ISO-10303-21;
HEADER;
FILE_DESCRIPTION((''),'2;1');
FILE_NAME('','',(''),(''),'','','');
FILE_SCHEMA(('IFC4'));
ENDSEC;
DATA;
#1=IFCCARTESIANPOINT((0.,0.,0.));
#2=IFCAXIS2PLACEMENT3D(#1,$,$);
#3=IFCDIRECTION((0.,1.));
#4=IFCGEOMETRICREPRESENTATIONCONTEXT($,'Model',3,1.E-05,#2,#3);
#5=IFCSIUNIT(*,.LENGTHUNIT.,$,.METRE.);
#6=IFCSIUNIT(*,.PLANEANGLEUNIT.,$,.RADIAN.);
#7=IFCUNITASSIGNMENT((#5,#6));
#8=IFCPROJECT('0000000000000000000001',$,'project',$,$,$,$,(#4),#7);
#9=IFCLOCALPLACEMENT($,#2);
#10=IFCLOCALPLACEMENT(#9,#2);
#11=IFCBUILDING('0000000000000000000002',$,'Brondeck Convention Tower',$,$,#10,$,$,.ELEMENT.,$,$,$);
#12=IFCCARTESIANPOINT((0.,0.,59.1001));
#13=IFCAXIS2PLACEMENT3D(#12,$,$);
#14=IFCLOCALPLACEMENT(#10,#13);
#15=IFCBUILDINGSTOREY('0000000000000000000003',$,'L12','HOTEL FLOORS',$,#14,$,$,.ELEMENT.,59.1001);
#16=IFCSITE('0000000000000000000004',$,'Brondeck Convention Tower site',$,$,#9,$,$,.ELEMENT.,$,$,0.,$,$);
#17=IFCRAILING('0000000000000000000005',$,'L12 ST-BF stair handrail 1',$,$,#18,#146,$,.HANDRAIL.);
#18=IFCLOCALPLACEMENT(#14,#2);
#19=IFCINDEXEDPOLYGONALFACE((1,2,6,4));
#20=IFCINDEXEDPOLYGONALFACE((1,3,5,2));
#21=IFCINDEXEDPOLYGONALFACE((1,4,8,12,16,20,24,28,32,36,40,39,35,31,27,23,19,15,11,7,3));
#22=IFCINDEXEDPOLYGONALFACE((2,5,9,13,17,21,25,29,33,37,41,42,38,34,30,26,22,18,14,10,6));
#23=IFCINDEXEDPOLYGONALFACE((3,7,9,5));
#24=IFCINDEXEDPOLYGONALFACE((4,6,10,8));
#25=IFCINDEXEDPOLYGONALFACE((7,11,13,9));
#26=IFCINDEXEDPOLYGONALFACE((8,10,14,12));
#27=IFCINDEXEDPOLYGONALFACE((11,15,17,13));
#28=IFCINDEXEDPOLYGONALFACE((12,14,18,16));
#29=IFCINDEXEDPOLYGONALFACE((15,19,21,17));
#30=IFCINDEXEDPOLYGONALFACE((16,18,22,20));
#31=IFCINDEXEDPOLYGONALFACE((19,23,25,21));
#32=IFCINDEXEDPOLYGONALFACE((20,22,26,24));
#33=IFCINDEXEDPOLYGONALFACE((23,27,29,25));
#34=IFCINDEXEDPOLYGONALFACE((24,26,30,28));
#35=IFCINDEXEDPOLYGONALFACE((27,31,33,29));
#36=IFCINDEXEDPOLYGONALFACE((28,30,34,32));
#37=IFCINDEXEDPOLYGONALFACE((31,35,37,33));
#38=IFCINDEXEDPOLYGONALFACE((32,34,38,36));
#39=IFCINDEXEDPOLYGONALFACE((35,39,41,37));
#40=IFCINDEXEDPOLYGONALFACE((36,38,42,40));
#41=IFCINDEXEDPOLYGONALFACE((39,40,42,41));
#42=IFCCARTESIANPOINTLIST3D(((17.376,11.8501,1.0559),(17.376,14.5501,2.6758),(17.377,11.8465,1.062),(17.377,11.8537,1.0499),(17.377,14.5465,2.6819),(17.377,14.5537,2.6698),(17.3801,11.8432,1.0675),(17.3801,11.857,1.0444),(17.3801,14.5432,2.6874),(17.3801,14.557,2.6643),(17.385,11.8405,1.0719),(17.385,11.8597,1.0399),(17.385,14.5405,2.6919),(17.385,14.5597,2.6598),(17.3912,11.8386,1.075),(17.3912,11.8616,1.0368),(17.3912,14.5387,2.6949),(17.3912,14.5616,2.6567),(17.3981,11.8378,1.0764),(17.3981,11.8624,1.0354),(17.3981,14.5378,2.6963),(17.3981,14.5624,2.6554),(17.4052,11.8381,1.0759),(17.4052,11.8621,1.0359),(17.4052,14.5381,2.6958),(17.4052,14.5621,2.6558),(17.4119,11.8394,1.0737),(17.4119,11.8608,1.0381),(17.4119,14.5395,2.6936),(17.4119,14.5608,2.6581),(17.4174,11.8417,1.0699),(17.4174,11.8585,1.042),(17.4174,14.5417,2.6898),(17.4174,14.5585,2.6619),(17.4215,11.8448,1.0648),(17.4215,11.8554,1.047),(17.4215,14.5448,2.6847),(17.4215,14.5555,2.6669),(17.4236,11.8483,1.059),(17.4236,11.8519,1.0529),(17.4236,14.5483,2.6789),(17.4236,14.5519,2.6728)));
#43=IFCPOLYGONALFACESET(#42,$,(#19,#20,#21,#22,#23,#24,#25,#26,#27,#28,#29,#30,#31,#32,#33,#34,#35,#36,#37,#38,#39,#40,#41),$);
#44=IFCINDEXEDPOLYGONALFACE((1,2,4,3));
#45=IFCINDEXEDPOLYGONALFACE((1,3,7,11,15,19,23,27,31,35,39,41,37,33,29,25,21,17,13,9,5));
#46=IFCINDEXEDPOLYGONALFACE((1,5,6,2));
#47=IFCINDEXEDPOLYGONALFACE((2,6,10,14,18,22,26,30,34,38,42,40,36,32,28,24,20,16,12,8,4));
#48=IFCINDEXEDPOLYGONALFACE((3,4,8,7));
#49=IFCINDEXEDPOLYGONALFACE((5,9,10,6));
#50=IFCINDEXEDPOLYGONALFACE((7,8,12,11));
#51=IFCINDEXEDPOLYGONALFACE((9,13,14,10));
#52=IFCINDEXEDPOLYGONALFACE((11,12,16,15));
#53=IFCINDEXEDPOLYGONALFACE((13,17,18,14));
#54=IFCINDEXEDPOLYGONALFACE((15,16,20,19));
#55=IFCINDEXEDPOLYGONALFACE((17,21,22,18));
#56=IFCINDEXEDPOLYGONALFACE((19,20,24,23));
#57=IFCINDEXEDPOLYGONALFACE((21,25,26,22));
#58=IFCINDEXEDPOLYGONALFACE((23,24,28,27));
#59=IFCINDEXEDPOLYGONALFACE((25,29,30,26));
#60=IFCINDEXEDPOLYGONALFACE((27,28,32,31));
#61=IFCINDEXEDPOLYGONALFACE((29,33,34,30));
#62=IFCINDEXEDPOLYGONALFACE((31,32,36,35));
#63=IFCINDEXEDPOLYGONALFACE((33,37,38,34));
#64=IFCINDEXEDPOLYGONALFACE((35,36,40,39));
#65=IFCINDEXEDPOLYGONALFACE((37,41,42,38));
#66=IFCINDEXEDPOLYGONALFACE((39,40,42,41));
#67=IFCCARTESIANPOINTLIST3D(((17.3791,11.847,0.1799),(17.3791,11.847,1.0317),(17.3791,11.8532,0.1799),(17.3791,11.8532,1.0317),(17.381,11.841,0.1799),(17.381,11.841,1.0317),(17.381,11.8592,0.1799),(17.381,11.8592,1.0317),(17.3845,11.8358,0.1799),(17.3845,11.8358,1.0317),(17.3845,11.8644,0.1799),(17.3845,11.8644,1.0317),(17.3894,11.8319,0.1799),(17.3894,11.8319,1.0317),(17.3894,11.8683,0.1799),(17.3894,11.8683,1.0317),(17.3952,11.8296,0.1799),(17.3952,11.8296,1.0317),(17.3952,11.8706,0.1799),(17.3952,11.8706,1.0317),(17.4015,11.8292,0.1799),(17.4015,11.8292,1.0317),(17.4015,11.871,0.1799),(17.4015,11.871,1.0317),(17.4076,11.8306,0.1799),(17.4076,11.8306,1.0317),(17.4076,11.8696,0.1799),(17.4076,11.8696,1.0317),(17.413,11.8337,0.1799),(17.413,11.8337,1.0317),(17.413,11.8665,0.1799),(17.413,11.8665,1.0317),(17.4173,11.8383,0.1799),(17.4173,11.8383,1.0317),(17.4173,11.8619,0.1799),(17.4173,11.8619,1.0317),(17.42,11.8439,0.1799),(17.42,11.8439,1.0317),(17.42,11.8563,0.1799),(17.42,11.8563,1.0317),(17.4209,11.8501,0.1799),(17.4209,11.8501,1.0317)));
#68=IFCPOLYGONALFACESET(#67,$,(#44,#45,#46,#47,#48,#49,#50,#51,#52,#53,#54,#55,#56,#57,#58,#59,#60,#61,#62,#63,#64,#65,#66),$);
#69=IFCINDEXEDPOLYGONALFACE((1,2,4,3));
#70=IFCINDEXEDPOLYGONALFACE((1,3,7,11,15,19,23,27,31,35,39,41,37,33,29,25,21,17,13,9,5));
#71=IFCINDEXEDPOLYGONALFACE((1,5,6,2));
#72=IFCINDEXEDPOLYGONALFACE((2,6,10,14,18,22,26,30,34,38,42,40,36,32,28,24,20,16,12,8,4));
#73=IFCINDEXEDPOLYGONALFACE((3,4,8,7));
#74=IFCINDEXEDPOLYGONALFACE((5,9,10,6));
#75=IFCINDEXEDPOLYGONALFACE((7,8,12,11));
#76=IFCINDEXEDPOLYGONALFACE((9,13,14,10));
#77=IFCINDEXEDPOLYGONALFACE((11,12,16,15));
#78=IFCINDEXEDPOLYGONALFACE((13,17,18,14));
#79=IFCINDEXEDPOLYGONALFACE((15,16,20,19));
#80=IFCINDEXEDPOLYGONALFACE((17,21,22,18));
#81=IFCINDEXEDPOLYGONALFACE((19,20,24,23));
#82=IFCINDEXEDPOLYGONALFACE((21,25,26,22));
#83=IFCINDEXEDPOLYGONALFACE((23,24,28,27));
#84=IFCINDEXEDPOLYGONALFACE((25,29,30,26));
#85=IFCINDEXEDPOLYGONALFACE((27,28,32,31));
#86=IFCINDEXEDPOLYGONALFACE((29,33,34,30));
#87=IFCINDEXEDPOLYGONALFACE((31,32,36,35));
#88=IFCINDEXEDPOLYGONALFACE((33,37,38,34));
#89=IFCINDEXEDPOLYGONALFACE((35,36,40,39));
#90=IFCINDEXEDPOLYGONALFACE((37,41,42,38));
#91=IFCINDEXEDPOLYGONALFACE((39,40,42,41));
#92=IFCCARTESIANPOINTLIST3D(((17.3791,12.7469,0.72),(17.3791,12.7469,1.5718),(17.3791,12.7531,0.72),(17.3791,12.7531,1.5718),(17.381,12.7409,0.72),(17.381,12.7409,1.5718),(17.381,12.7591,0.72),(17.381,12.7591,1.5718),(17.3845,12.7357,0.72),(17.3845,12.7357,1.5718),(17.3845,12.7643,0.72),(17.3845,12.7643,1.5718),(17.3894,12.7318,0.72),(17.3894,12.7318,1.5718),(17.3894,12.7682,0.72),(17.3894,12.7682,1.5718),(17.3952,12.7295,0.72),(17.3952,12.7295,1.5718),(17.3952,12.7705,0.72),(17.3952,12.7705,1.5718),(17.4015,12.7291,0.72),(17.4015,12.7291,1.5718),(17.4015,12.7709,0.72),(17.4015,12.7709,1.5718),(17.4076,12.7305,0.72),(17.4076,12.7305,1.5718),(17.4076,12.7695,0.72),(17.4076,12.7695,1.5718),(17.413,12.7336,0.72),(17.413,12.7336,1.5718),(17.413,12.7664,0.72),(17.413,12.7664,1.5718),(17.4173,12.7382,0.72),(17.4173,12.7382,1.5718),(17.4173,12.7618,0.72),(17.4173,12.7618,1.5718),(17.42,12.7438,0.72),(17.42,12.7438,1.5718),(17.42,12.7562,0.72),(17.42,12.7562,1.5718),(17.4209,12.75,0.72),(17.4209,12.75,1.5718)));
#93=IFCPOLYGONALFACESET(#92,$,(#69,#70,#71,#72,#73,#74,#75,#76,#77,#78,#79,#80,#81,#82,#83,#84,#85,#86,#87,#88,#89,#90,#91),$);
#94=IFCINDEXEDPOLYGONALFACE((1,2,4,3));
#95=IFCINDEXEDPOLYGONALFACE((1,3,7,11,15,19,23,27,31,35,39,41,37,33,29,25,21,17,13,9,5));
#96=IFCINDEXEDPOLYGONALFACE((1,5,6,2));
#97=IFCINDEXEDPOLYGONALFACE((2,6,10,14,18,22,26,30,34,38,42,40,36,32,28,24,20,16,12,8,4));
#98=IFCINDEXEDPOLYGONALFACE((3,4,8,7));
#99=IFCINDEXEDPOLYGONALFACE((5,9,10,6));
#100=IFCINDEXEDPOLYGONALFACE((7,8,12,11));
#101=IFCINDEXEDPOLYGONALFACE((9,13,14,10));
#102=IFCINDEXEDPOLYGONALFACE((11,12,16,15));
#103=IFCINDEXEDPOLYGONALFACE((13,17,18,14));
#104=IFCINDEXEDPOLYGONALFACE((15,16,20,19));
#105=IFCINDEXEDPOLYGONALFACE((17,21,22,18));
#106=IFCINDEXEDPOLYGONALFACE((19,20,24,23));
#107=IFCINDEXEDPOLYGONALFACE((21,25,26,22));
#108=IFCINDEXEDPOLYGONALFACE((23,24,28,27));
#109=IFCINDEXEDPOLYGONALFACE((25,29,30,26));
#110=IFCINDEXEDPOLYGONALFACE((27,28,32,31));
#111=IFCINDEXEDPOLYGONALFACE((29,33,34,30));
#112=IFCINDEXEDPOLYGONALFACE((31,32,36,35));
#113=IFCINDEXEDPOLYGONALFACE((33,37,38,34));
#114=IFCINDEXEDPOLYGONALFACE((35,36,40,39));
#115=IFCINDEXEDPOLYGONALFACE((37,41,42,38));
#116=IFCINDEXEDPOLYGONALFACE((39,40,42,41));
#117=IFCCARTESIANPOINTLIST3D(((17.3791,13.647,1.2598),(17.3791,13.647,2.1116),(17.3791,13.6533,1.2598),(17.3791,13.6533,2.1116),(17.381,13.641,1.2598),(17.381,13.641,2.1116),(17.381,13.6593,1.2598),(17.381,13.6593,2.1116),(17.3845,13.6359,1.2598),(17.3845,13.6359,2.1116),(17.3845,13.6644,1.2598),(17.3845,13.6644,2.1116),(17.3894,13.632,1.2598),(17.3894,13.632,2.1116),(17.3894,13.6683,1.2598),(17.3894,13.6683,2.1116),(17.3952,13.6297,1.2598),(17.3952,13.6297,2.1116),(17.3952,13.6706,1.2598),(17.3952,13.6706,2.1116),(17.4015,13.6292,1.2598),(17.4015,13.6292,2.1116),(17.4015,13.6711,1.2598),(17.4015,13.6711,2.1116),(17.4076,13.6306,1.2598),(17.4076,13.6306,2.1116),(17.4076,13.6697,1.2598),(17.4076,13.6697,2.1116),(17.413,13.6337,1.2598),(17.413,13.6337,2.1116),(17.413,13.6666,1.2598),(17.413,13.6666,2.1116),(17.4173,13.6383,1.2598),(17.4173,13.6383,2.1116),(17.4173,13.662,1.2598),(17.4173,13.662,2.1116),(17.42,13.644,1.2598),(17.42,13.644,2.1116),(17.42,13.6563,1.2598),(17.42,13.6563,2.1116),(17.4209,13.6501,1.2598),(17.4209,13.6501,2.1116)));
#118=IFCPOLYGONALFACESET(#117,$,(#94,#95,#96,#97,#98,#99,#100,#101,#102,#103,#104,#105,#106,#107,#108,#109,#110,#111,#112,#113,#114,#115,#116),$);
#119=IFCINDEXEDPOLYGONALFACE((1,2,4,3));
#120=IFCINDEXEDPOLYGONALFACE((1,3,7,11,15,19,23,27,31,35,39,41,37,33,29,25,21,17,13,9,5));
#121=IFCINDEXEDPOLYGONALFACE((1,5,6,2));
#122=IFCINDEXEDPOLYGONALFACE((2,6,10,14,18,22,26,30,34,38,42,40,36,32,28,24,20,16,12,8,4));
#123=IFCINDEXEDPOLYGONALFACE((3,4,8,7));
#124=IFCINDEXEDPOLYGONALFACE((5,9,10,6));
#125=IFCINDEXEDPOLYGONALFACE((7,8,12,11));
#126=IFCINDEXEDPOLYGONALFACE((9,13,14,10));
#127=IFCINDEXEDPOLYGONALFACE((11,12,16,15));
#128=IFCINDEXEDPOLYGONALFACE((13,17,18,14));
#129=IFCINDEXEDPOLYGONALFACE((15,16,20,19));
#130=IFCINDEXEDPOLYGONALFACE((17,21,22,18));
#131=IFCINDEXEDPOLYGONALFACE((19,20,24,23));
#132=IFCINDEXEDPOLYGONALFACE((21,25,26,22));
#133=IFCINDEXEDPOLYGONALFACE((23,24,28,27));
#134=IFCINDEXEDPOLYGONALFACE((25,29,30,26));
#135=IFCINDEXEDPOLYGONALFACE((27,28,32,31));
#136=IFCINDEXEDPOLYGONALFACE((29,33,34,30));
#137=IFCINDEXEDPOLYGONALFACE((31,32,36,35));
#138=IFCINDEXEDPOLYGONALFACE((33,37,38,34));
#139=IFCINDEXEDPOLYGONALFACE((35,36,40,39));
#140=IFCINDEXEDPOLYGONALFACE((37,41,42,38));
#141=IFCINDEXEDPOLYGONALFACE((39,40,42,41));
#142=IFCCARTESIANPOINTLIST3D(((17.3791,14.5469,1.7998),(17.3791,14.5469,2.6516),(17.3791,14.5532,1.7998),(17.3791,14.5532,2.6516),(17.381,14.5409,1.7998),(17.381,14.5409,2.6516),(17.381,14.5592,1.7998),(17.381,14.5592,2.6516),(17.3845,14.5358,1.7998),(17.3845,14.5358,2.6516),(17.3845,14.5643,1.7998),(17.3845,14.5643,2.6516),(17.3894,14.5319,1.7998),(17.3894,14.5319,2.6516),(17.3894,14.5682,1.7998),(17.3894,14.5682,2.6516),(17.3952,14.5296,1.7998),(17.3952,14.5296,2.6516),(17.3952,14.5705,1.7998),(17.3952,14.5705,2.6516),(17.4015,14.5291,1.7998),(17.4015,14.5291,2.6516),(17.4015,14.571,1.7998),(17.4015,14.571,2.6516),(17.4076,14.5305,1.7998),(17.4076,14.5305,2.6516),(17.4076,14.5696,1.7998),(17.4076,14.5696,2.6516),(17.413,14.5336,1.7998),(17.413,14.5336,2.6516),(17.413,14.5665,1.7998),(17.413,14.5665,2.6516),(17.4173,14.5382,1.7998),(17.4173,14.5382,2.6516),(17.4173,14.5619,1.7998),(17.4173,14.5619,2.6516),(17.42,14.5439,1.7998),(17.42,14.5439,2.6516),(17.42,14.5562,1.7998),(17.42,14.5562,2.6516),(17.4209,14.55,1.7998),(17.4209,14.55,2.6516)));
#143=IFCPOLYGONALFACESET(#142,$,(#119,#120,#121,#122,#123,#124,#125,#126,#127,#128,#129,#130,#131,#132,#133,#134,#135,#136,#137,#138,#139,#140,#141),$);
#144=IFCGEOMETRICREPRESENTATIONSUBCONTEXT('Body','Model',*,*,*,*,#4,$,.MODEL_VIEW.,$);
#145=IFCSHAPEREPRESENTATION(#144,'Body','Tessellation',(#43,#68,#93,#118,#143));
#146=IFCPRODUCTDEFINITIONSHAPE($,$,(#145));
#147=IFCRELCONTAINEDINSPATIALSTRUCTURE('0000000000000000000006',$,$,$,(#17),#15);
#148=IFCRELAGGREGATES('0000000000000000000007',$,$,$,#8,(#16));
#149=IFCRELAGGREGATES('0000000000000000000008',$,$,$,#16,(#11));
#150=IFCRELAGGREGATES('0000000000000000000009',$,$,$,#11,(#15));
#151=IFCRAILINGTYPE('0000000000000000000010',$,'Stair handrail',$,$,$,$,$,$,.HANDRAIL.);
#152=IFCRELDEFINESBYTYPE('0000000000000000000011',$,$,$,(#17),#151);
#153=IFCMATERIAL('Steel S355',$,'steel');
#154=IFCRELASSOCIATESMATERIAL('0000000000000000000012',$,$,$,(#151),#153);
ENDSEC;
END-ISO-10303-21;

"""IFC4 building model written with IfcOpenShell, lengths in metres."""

from ifc_helpers import new_model, si_unit, direction, frame, origin, origin_2d, place, context, subcontext, project, spatial, circle, extrude, material, type_object, element, save


model = new_model("IFC4")

# Units and contexts
model_context = context("Model", 3, precision=1e-05, world=origin(), true_north=direction((0.0, 1.0)))
body_context = subcontext(model_context, "Body", "Model", "MODEL_VIEW")
ifc_project = project(units=[si_unit("LENGTHUNIT", "METRE"), si_unit("PLANEANGLEUNIT", "RADIAN")], contexts=[model_context])

# Site, building, storey
site_placement = place(None, origin())
site = spatial("IfcSite", under=ifc_project, at=site_placement, Name="Brondeck Convention Tower site", CompositionType="ELEMENT", RefElevation=0.0)
building_placement = place(site_placement, origin())
building = spatial("IfcBuilding", under=site, at=building_placement, Name="Brondeck Convention Tower", CompositionType="ELEMENT")
storey_placement = place(building_placement, frame((0.0, 0.0, 59.1001)))
storey = spatial("IfcBuildingStorey", under=building, at=storey_placement, Name="L12", Description="HOTEL FLOORS", CompositionType="ELEMENT", Elevation=59.1001)

# Shared definitions
ifc_material_1 = material(Name="Steel S355", Category="steel")

# Railing
railing_type_1 = type_object("IfcRailingType", Name="Stair handrail", PredefinedType="HANDRAIL", material=ifc_material_1)
railing_1_placement = place(storey_placement, frame((17.3999, 11.8501, 0.1799)))
element("IfcRailing", 1, at=railing_1_placement, inside=storey, type_object=railing_type_1, Name="L12 ST-BF stair handrail 1", PredefinedType="HANDRAIL", context=body_context, shape_type="SweptSolid", body=[
    extrude(circle(Radius=0.0239, at=origin_2d()), frame((0.0, 0.0, 0.876), z_axis=(0.0, 0.857507, 0.514473), x_axis=(-1.0, 0.0, 0.0)), (0.0, 0.0, 1.0), 3.1487),
    extrude(circle(Radius=0.021, at=origin_2d()), origin(), (0.0, 0.0, 1.0), 0.8518),
    extrude(circle(Radius=0.021, at=origin_2d()), frame((0.0, 0.8999, 0.54)), (0.0, 0.0, 1.0), 0.8518),
    extrude(circle(Radius=0.021, at=origin_2d()), frame((0.0, 1.8, 1.0798)), (0.0, 0.0, 1.0), 0.8518),
    extrude(circle(Radius=0.021, at=origin_2d()), frame((0.0, 2.7, 1.6199)), (0.0, 0.0, 1.0), 0.8518),
])

save(model, "model.ifc")
